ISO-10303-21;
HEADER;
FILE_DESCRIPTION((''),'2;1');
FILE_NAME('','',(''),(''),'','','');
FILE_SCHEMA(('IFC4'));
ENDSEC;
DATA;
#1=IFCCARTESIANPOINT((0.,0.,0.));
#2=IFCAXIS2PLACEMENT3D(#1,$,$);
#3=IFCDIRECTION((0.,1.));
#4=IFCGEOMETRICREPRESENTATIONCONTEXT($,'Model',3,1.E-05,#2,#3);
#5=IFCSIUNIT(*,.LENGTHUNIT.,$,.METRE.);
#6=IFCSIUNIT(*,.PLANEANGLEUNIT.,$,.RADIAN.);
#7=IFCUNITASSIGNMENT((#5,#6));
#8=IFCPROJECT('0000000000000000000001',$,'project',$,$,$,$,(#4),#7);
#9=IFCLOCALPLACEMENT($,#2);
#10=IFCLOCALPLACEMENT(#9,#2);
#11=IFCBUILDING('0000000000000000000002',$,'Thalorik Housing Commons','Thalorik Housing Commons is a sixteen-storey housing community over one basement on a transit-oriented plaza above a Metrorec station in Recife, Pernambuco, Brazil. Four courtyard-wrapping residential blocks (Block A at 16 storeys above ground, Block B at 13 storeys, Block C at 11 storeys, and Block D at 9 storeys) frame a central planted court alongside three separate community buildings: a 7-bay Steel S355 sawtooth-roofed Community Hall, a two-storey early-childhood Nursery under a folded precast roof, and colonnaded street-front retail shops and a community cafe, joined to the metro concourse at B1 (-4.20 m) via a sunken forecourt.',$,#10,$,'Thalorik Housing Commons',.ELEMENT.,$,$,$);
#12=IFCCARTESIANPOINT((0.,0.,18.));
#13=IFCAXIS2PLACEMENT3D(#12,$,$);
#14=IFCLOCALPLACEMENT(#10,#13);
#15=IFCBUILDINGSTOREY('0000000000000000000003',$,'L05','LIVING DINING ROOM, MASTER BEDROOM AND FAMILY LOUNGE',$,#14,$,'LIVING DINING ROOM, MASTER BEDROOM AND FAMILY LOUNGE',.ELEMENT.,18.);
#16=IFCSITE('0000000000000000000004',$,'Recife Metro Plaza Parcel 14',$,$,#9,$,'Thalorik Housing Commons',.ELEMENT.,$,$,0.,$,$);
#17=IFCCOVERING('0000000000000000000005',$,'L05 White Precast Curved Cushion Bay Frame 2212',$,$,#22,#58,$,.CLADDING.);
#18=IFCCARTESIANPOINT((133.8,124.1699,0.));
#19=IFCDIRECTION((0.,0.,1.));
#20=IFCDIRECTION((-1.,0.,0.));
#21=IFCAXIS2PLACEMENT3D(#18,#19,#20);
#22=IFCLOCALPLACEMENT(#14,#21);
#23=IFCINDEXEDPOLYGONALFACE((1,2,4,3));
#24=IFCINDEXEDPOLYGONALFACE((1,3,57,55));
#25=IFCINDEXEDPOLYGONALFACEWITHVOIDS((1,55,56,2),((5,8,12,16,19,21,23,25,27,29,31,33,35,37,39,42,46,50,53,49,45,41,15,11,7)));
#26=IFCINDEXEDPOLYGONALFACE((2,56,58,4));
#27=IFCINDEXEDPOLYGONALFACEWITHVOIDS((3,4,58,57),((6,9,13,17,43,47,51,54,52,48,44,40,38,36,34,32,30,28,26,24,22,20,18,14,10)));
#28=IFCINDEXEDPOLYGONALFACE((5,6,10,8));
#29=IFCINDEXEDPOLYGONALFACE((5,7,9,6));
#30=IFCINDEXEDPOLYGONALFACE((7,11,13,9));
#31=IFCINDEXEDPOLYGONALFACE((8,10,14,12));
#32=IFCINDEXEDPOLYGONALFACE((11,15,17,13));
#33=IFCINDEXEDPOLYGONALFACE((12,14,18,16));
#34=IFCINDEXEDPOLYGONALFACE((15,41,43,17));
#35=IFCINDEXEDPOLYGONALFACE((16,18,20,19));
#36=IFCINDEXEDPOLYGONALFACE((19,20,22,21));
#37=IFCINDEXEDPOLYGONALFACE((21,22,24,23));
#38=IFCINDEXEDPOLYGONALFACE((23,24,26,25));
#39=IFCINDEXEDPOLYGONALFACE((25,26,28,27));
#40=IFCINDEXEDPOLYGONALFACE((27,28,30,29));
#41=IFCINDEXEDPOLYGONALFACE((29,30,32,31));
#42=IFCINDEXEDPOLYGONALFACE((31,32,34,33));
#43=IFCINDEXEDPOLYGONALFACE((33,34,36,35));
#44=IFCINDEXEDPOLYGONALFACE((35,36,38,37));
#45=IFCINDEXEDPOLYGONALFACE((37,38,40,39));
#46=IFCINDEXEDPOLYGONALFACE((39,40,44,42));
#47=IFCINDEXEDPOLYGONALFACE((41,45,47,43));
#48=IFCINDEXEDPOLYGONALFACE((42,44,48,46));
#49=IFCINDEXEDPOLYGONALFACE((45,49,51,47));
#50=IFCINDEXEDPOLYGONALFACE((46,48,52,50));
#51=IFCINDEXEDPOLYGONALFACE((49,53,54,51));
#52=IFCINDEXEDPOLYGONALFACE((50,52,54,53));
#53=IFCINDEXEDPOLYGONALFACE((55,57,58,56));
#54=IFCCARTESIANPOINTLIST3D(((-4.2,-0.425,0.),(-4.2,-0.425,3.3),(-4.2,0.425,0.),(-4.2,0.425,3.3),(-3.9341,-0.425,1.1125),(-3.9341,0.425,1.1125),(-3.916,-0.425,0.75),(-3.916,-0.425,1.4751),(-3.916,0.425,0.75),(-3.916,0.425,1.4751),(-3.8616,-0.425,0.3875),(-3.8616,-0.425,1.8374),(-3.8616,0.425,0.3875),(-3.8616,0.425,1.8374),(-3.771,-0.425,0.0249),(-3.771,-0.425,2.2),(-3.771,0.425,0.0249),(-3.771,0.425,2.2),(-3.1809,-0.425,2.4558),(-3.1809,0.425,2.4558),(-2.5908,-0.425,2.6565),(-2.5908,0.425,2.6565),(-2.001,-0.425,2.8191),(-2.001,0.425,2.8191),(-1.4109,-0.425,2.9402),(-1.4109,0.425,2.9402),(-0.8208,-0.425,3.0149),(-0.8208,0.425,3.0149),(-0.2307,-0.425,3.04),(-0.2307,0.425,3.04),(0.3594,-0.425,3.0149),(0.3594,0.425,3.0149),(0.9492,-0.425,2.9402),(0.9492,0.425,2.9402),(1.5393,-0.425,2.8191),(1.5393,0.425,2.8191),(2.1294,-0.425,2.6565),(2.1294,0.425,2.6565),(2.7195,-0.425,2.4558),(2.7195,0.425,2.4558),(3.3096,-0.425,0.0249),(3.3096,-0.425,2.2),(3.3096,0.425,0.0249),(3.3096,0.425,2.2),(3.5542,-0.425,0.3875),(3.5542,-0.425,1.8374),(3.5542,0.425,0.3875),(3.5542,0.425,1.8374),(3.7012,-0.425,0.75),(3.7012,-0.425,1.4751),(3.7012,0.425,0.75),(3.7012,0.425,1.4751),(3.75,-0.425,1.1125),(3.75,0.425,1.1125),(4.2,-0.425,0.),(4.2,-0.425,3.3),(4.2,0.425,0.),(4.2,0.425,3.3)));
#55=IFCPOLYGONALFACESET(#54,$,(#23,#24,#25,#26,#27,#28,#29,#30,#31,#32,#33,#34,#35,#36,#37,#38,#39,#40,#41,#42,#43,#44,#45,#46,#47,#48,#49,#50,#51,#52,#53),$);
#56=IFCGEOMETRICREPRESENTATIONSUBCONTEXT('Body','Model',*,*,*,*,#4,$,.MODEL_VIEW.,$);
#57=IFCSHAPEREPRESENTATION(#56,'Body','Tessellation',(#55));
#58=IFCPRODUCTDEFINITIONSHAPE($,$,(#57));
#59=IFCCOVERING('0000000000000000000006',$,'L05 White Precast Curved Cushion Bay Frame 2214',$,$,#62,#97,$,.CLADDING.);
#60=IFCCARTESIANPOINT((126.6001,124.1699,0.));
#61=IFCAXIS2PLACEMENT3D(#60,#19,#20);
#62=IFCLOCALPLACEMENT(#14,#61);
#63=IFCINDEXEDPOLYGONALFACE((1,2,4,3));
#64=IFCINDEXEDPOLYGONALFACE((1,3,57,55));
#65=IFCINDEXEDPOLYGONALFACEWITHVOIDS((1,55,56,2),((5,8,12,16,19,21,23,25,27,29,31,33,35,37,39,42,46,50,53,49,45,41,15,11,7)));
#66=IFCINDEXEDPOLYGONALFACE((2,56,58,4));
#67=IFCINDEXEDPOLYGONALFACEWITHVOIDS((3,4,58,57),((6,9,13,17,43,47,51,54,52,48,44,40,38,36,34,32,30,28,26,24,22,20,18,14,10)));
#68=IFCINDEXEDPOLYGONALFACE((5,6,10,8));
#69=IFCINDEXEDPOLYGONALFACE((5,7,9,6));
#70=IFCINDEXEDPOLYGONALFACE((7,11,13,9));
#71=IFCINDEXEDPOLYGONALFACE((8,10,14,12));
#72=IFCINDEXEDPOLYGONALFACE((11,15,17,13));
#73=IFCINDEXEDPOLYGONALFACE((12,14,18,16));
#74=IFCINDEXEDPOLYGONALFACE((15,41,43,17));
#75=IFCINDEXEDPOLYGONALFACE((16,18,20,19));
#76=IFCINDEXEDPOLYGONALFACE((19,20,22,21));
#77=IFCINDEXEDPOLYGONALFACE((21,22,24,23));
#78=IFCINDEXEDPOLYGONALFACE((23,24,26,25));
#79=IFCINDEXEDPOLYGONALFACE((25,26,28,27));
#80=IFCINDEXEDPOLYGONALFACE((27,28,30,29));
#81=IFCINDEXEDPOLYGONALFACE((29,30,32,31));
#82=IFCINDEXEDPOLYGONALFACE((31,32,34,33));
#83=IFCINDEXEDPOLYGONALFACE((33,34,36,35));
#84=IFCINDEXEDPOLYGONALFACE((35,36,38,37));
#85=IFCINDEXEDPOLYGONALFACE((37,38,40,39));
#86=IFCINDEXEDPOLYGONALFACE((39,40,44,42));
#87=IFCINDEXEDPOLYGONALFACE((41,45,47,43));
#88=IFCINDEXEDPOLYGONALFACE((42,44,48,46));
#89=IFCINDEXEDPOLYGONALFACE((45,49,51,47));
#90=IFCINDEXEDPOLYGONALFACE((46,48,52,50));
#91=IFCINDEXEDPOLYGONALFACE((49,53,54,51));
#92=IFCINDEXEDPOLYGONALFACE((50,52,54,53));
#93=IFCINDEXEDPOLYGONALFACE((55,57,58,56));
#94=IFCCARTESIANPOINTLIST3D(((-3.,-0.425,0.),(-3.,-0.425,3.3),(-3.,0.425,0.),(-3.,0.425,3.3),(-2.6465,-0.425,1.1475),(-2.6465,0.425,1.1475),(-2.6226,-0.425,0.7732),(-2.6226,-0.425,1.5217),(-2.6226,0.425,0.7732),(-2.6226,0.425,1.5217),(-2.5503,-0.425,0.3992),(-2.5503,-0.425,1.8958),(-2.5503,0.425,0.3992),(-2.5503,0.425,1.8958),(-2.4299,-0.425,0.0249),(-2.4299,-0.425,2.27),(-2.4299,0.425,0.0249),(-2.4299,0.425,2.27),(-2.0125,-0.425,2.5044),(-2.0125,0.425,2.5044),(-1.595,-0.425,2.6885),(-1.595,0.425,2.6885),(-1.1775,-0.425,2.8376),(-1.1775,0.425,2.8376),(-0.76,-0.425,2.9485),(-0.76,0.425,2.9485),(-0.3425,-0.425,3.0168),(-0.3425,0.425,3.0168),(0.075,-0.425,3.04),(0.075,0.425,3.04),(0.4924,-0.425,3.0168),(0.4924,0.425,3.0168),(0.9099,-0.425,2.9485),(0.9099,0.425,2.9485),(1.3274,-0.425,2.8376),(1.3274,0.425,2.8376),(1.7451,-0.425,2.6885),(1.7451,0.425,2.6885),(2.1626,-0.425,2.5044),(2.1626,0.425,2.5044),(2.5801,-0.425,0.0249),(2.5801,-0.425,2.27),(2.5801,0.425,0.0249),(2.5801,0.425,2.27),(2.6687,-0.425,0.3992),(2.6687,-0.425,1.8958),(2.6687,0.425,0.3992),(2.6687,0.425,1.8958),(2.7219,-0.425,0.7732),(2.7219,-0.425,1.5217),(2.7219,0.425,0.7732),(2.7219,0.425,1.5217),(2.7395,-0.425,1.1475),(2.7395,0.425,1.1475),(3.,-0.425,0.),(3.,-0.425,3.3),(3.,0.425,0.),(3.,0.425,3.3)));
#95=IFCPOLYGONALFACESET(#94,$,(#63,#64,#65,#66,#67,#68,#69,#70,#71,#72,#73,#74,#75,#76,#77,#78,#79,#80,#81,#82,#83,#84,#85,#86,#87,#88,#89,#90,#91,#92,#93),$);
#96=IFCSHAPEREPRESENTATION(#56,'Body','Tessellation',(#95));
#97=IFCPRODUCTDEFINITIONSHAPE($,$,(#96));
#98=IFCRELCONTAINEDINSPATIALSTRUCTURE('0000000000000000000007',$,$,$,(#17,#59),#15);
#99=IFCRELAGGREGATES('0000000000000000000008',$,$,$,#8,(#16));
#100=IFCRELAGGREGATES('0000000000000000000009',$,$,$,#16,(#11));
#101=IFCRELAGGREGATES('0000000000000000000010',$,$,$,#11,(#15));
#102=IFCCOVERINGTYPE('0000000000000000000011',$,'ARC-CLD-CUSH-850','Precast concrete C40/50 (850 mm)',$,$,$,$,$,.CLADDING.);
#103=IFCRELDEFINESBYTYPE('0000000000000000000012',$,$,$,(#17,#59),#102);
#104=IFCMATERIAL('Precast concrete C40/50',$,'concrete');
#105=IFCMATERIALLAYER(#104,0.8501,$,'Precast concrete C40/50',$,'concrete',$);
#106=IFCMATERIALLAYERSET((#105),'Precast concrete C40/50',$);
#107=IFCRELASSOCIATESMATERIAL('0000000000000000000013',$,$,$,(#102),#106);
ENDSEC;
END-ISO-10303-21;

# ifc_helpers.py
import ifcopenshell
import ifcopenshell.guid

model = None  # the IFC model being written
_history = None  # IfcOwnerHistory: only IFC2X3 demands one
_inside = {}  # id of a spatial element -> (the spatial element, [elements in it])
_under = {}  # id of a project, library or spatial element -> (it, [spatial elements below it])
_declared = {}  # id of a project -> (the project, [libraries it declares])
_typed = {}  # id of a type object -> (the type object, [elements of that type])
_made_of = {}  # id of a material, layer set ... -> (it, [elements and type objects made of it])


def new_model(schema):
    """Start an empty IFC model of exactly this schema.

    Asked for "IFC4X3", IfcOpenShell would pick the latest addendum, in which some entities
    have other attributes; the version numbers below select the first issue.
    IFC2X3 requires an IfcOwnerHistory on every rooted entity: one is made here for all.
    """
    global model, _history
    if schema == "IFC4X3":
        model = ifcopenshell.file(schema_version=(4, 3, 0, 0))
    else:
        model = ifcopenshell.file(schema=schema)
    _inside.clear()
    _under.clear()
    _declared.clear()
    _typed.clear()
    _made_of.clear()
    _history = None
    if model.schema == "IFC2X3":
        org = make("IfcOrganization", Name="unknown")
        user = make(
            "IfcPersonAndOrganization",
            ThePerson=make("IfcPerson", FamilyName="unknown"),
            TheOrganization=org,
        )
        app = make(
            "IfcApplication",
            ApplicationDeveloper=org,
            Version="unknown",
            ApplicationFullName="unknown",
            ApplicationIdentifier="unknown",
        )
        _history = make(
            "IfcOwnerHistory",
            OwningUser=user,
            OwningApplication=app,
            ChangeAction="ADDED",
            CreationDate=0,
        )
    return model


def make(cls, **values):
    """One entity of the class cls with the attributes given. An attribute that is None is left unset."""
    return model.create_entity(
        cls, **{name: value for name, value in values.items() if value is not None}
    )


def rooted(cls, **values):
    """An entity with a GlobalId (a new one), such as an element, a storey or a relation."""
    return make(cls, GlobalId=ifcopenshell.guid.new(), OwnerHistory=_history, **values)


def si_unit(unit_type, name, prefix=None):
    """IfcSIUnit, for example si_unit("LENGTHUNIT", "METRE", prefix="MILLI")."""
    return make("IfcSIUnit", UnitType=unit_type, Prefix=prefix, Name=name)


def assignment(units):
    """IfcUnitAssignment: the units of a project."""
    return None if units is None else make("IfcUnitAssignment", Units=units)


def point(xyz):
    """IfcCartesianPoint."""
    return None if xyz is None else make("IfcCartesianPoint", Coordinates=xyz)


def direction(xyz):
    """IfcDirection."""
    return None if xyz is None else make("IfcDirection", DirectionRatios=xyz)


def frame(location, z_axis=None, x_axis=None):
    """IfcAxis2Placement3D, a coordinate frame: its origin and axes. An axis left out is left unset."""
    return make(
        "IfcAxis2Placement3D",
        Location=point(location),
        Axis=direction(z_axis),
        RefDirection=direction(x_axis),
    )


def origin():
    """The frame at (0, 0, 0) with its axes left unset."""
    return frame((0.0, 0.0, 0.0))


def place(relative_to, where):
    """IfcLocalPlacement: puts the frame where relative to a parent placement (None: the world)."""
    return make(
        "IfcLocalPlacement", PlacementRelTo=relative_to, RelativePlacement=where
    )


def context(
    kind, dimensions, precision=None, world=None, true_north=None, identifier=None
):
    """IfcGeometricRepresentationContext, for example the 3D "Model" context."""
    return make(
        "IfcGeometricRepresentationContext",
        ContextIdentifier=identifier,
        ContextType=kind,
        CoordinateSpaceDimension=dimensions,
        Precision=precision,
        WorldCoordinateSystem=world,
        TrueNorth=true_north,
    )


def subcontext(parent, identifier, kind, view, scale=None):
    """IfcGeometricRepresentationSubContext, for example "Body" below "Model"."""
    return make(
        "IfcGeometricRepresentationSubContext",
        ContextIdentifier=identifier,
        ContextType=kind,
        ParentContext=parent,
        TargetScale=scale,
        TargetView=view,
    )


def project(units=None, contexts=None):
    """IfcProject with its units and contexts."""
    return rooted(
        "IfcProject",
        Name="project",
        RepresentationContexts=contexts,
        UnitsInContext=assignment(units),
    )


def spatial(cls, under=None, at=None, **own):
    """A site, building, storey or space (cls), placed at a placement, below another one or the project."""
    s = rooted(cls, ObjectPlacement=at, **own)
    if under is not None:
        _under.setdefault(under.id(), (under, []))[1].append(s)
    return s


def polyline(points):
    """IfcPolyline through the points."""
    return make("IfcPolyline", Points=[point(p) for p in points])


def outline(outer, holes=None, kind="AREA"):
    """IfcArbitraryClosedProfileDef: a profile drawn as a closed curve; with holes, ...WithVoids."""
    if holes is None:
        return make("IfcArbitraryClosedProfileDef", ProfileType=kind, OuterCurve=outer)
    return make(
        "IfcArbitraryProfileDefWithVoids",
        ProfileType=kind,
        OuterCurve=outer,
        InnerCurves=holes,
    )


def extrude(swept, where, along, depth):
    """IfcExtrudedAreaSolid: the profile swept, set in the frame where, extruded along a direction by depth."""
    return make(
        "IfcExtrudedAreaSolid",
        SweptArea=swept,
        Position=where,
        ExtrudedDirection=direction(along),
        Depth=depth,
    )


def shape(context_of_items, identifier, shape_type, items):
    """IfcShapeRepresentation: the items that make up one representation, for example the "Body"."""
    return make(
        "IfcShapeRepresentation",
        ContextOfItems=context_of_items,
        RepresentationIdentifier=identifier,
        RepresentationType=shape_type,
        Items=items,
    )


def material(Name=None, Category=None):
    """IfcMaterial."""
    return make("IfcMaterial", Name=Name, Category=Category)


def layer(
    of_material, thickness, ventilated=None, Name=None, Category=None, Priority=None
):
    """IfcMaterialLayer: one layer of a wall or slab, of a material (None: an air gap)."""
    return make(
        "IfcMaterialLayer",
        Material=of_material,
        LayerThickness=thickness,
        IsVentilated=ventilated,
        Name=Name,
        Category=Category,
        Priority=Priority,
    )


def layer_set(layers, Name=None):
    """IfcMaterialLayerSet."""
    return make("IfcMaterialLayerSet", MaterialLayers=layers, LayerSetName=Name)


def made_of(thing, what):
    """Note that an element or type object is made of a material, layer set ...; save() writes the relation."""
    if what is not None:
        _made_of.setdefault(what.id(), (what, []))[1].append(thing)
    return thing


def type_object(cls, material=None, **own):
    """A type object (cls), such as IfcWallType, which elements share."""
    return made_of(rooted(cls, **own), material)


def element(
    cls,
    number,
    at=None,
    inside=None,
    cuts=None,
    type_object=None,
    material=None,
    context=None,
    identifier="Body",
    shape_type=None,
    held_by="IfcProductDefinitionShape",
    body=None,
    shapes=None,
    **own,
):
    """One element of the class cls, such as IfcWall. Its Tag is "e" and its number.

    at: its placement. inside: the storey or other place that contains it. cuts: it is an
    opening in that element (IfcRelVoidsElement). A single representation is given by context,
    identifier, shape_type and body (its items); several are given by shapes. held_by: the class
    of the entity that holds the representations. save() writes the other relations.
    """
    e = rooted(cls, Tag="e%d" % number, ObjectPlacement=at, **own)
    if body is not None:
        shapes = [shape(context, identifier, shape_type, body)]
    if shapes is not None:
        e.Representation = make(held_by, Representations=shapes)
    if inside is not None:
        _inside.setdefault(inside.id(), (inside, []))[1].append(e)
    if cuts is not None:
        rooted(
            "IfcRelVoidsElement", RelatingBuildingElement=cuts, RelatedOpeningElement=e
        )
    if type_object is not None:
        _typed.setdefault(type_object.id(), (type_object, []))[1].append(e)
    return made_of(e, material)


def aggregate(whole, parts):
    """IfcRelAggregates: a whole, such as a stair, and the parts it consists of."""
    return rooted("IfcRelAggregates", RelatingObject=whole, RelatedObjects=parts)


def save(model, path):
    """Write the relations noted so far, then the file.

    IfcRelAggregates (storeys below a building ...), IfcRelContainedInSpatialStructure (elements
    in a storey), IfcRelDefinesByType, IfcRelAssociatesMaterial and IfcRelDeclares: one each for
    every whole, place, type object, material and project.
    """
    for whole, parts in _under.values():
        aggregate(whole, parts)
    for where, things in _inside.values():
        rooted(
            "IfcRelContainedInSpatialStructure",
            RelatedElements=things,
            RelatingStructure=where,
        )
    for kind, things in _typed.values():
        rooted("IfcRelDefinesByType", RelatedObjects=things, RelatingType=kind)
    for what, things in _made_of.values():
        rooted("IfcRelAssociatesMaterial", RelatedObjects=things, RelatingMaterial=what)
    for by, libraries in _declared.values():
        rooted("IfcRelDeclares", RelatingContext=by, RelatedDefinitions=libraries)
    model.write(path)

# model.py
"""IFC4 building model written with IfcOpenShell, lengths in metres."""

from ifc_helpers import new_model, si_unit, direction, frame, origin, place, context, subcontext, project, spatial, polyline, outline, extrude, material, layer, layer_set, type_object, element, save


model = new_model("IFC4")

# Units and contexts
model_context = context("Model", 3, precision=1e-05, world=origin(), true_north=direction((0.0, 1.0)))
body_context = subcontext(model_context, "Body", "Model", "MODEL_VIEW")
ifc_project = project(units=[si_unit("LENGTHUNIT", "METRE"), si_unit("PLANEANGLEUNIT", "RADIAN")], contexts=[model_context])

# Site, building, storey
site_placement = place(None, origin())
site = spatial("IfcSite", under=ifc_project, at=site_placement, Name="Recife Metro Plaza Parcel 14", LongName="Thalorik Housing Commons", CompositionType="ELEMENT", RefElevation=0.0)
building_placement = place(site_placement, origin())
building = spatial("IfcBuilding", under=site, at=building_placement, Name="Thalorik Housing Commons", Description="Thalorik Housing Commons is a sixteen-storey housing community over one basement on a transit-oriented plaza above a Metrorec station in Recife, Pernambuco, Brazil. Four courtyard-wrapping residential blocks (Block A at 16 storeys above ground, Block B at 13 storeys, Block C at 11 storeys, and Block D at 9 storeys) frame a central planted court alongside three separate community buildings: a 7-bay Steel S355 sawtooth-roofed Community Hall, a two-storey early-childhood Nursery under a folded precast roof, and colonnaded street-front retail shops and a community cafe, joined to the metro concourse at B1 (-4.20 m) via a sunken forecourt.", LongName="Thalorik Housing Commons", CompositionType="ELEMENT")
storey_placement = place(building_placement, frame((0.0, 0.0, 18.0)))
storey = spatial("IfcBuildingStorey", under=building, at=storey_placement, Name="L05", Description="LIVING DINING ROOM, MASTER BEDROOM AND FAMILY LOUNGE", LongName="LIVING DINING ROOM, MASTER BEDROOM AND FAMILY LOUNGE", CompositionType="ELEMENT", Elevation=18.0)

# Shared definitions
ifc_material_1 = material(Name="Precast concrete C40/50", Category="concrete")

# Coverings
ifc_layer_1 = layer(ifc_material_1, 0.8501, Name="Precast concrete C40/50", Category="concrete")
ifc_layer_set_1 = layer_set([ifc_layer_1], Name="Precast concrete C40/50")
covering_type_1 = type_object("IfcCoveringType", Name="ARC-CLD-CUSH-850", Description="Precast concrete C40/50 (850 mm)", PredefinedType="CLADDING", material=ifc_layer_set_1)
covering_1_placement = place(storey_placement, frame((133.8, 124.1699, 0.0), z_axis=(0.0, 0.0, 1.0), x_axis=(-1.0, 0.0, 0.0)))
element("IfcCovering", 1, at=covering_1_placement, inside=storey, type_object=covering_type_1, Name="L05 White Precast Curved Cushion Bay Frame 2212", PredefinedType="CLADDING", context=body_context, shape_type="SweptSolid", body=[
    extrude(outline(polyline([(-4.2, 0.0), (4.2, 0.0), (4.2, 3.3), (-4.2, 3.3), (-4.2, 0.0)]), holes=[polyline([(3.3096, 0.0249), (3.5542, 0.3875), (3.7012, 0.75), (3.75, 1.1125), (3.7012, 1.4751), (3.5542, 1.8374), (3.3096, 2.2), (2.7195, 2.4558), (2.1294, 2.6565), (1.5393, 2.8191), (0.9492, 2.9402), (0.3594, 3.0149), (-0.2307, 3.04), (-0.8208, 3.0149), (-1.4109, 2.9402), (-2.001, 2.8191), (-2.5908, 2.6565), (-3.1809, 2.4558), (-3.771, 2.2), (-3.8616, 1.8374), (-3.916, 1.4751), (-3.9341, 1.1125), (-3.916, 0.75), (-3.8616, 0.3875), (-3.771, 0.0249), (3.3096, 0.0249)])]), frame((0.0, 0.425, 0.0), z_axis=(0.0, -1.0, 0.0), x_axis=(1.0, 0.0, 0.0)), (0.0, 0.0, 1.0), 0.8501),
])
covering_2_placement = place(storey_placement, frame((126.6001, 124.1699, 0.0), z_axis=(0.0, 0.0, 1.0), x_axis=(-1.0, 0.0, 0.0)))
element("IfcCovering", 2, at=covering_2_placement, inside=storey, type_object=covering_type_1, Name="L05 White Precast Curved Cushion Bay Frame 2214", PredefinedType="CLADDING", context=body_context, shape_type="SweptSolid", body=[
    extrude(outline(polyline([(-3.0, 0.0), (3.0, 0.0), (3.0, 3.3), (-3.0, 3.3), (-3.0, 0.0)]), holes=[polyline([(2.5801, 0.0249), (2.6687, 0.3992), (2.7219, 0.7732), (2.7395, 1.1475), (2.7219, 1.5217), (2.6687, 1.8958), (2.5801, 2.27), (2.1626, 2.5044), (1.7451, 2.6885), (1.3274, 2.8376), (0.9099, 2.9485), (0.4924, 3.0168), (0.075, 3.04), (-0.3425, 3.0168), (-0.76, 2.9485), (-1.1775, 2.8376), (-1.595, 2.6885), (-2.0125, 2.5044), (-2.4299, 2.27), (-2.5503, 1.8958), (-2.6226, 1.5217), (-2.6465, 1.1475), (-2.6226, 0.7732), (-2.5503, 0.3992), (-2.4299, 0.0249), (2.5801, 0.0249)])]), frame((0.0, 0.425, 0.0), z_axis=(0.0, -1.0, 0.0), x_axis=(1.0, 0.0, 0.0)), (0.0, 0.0, 1.0), 0.8501),
])

save(model, "model.ifc")
